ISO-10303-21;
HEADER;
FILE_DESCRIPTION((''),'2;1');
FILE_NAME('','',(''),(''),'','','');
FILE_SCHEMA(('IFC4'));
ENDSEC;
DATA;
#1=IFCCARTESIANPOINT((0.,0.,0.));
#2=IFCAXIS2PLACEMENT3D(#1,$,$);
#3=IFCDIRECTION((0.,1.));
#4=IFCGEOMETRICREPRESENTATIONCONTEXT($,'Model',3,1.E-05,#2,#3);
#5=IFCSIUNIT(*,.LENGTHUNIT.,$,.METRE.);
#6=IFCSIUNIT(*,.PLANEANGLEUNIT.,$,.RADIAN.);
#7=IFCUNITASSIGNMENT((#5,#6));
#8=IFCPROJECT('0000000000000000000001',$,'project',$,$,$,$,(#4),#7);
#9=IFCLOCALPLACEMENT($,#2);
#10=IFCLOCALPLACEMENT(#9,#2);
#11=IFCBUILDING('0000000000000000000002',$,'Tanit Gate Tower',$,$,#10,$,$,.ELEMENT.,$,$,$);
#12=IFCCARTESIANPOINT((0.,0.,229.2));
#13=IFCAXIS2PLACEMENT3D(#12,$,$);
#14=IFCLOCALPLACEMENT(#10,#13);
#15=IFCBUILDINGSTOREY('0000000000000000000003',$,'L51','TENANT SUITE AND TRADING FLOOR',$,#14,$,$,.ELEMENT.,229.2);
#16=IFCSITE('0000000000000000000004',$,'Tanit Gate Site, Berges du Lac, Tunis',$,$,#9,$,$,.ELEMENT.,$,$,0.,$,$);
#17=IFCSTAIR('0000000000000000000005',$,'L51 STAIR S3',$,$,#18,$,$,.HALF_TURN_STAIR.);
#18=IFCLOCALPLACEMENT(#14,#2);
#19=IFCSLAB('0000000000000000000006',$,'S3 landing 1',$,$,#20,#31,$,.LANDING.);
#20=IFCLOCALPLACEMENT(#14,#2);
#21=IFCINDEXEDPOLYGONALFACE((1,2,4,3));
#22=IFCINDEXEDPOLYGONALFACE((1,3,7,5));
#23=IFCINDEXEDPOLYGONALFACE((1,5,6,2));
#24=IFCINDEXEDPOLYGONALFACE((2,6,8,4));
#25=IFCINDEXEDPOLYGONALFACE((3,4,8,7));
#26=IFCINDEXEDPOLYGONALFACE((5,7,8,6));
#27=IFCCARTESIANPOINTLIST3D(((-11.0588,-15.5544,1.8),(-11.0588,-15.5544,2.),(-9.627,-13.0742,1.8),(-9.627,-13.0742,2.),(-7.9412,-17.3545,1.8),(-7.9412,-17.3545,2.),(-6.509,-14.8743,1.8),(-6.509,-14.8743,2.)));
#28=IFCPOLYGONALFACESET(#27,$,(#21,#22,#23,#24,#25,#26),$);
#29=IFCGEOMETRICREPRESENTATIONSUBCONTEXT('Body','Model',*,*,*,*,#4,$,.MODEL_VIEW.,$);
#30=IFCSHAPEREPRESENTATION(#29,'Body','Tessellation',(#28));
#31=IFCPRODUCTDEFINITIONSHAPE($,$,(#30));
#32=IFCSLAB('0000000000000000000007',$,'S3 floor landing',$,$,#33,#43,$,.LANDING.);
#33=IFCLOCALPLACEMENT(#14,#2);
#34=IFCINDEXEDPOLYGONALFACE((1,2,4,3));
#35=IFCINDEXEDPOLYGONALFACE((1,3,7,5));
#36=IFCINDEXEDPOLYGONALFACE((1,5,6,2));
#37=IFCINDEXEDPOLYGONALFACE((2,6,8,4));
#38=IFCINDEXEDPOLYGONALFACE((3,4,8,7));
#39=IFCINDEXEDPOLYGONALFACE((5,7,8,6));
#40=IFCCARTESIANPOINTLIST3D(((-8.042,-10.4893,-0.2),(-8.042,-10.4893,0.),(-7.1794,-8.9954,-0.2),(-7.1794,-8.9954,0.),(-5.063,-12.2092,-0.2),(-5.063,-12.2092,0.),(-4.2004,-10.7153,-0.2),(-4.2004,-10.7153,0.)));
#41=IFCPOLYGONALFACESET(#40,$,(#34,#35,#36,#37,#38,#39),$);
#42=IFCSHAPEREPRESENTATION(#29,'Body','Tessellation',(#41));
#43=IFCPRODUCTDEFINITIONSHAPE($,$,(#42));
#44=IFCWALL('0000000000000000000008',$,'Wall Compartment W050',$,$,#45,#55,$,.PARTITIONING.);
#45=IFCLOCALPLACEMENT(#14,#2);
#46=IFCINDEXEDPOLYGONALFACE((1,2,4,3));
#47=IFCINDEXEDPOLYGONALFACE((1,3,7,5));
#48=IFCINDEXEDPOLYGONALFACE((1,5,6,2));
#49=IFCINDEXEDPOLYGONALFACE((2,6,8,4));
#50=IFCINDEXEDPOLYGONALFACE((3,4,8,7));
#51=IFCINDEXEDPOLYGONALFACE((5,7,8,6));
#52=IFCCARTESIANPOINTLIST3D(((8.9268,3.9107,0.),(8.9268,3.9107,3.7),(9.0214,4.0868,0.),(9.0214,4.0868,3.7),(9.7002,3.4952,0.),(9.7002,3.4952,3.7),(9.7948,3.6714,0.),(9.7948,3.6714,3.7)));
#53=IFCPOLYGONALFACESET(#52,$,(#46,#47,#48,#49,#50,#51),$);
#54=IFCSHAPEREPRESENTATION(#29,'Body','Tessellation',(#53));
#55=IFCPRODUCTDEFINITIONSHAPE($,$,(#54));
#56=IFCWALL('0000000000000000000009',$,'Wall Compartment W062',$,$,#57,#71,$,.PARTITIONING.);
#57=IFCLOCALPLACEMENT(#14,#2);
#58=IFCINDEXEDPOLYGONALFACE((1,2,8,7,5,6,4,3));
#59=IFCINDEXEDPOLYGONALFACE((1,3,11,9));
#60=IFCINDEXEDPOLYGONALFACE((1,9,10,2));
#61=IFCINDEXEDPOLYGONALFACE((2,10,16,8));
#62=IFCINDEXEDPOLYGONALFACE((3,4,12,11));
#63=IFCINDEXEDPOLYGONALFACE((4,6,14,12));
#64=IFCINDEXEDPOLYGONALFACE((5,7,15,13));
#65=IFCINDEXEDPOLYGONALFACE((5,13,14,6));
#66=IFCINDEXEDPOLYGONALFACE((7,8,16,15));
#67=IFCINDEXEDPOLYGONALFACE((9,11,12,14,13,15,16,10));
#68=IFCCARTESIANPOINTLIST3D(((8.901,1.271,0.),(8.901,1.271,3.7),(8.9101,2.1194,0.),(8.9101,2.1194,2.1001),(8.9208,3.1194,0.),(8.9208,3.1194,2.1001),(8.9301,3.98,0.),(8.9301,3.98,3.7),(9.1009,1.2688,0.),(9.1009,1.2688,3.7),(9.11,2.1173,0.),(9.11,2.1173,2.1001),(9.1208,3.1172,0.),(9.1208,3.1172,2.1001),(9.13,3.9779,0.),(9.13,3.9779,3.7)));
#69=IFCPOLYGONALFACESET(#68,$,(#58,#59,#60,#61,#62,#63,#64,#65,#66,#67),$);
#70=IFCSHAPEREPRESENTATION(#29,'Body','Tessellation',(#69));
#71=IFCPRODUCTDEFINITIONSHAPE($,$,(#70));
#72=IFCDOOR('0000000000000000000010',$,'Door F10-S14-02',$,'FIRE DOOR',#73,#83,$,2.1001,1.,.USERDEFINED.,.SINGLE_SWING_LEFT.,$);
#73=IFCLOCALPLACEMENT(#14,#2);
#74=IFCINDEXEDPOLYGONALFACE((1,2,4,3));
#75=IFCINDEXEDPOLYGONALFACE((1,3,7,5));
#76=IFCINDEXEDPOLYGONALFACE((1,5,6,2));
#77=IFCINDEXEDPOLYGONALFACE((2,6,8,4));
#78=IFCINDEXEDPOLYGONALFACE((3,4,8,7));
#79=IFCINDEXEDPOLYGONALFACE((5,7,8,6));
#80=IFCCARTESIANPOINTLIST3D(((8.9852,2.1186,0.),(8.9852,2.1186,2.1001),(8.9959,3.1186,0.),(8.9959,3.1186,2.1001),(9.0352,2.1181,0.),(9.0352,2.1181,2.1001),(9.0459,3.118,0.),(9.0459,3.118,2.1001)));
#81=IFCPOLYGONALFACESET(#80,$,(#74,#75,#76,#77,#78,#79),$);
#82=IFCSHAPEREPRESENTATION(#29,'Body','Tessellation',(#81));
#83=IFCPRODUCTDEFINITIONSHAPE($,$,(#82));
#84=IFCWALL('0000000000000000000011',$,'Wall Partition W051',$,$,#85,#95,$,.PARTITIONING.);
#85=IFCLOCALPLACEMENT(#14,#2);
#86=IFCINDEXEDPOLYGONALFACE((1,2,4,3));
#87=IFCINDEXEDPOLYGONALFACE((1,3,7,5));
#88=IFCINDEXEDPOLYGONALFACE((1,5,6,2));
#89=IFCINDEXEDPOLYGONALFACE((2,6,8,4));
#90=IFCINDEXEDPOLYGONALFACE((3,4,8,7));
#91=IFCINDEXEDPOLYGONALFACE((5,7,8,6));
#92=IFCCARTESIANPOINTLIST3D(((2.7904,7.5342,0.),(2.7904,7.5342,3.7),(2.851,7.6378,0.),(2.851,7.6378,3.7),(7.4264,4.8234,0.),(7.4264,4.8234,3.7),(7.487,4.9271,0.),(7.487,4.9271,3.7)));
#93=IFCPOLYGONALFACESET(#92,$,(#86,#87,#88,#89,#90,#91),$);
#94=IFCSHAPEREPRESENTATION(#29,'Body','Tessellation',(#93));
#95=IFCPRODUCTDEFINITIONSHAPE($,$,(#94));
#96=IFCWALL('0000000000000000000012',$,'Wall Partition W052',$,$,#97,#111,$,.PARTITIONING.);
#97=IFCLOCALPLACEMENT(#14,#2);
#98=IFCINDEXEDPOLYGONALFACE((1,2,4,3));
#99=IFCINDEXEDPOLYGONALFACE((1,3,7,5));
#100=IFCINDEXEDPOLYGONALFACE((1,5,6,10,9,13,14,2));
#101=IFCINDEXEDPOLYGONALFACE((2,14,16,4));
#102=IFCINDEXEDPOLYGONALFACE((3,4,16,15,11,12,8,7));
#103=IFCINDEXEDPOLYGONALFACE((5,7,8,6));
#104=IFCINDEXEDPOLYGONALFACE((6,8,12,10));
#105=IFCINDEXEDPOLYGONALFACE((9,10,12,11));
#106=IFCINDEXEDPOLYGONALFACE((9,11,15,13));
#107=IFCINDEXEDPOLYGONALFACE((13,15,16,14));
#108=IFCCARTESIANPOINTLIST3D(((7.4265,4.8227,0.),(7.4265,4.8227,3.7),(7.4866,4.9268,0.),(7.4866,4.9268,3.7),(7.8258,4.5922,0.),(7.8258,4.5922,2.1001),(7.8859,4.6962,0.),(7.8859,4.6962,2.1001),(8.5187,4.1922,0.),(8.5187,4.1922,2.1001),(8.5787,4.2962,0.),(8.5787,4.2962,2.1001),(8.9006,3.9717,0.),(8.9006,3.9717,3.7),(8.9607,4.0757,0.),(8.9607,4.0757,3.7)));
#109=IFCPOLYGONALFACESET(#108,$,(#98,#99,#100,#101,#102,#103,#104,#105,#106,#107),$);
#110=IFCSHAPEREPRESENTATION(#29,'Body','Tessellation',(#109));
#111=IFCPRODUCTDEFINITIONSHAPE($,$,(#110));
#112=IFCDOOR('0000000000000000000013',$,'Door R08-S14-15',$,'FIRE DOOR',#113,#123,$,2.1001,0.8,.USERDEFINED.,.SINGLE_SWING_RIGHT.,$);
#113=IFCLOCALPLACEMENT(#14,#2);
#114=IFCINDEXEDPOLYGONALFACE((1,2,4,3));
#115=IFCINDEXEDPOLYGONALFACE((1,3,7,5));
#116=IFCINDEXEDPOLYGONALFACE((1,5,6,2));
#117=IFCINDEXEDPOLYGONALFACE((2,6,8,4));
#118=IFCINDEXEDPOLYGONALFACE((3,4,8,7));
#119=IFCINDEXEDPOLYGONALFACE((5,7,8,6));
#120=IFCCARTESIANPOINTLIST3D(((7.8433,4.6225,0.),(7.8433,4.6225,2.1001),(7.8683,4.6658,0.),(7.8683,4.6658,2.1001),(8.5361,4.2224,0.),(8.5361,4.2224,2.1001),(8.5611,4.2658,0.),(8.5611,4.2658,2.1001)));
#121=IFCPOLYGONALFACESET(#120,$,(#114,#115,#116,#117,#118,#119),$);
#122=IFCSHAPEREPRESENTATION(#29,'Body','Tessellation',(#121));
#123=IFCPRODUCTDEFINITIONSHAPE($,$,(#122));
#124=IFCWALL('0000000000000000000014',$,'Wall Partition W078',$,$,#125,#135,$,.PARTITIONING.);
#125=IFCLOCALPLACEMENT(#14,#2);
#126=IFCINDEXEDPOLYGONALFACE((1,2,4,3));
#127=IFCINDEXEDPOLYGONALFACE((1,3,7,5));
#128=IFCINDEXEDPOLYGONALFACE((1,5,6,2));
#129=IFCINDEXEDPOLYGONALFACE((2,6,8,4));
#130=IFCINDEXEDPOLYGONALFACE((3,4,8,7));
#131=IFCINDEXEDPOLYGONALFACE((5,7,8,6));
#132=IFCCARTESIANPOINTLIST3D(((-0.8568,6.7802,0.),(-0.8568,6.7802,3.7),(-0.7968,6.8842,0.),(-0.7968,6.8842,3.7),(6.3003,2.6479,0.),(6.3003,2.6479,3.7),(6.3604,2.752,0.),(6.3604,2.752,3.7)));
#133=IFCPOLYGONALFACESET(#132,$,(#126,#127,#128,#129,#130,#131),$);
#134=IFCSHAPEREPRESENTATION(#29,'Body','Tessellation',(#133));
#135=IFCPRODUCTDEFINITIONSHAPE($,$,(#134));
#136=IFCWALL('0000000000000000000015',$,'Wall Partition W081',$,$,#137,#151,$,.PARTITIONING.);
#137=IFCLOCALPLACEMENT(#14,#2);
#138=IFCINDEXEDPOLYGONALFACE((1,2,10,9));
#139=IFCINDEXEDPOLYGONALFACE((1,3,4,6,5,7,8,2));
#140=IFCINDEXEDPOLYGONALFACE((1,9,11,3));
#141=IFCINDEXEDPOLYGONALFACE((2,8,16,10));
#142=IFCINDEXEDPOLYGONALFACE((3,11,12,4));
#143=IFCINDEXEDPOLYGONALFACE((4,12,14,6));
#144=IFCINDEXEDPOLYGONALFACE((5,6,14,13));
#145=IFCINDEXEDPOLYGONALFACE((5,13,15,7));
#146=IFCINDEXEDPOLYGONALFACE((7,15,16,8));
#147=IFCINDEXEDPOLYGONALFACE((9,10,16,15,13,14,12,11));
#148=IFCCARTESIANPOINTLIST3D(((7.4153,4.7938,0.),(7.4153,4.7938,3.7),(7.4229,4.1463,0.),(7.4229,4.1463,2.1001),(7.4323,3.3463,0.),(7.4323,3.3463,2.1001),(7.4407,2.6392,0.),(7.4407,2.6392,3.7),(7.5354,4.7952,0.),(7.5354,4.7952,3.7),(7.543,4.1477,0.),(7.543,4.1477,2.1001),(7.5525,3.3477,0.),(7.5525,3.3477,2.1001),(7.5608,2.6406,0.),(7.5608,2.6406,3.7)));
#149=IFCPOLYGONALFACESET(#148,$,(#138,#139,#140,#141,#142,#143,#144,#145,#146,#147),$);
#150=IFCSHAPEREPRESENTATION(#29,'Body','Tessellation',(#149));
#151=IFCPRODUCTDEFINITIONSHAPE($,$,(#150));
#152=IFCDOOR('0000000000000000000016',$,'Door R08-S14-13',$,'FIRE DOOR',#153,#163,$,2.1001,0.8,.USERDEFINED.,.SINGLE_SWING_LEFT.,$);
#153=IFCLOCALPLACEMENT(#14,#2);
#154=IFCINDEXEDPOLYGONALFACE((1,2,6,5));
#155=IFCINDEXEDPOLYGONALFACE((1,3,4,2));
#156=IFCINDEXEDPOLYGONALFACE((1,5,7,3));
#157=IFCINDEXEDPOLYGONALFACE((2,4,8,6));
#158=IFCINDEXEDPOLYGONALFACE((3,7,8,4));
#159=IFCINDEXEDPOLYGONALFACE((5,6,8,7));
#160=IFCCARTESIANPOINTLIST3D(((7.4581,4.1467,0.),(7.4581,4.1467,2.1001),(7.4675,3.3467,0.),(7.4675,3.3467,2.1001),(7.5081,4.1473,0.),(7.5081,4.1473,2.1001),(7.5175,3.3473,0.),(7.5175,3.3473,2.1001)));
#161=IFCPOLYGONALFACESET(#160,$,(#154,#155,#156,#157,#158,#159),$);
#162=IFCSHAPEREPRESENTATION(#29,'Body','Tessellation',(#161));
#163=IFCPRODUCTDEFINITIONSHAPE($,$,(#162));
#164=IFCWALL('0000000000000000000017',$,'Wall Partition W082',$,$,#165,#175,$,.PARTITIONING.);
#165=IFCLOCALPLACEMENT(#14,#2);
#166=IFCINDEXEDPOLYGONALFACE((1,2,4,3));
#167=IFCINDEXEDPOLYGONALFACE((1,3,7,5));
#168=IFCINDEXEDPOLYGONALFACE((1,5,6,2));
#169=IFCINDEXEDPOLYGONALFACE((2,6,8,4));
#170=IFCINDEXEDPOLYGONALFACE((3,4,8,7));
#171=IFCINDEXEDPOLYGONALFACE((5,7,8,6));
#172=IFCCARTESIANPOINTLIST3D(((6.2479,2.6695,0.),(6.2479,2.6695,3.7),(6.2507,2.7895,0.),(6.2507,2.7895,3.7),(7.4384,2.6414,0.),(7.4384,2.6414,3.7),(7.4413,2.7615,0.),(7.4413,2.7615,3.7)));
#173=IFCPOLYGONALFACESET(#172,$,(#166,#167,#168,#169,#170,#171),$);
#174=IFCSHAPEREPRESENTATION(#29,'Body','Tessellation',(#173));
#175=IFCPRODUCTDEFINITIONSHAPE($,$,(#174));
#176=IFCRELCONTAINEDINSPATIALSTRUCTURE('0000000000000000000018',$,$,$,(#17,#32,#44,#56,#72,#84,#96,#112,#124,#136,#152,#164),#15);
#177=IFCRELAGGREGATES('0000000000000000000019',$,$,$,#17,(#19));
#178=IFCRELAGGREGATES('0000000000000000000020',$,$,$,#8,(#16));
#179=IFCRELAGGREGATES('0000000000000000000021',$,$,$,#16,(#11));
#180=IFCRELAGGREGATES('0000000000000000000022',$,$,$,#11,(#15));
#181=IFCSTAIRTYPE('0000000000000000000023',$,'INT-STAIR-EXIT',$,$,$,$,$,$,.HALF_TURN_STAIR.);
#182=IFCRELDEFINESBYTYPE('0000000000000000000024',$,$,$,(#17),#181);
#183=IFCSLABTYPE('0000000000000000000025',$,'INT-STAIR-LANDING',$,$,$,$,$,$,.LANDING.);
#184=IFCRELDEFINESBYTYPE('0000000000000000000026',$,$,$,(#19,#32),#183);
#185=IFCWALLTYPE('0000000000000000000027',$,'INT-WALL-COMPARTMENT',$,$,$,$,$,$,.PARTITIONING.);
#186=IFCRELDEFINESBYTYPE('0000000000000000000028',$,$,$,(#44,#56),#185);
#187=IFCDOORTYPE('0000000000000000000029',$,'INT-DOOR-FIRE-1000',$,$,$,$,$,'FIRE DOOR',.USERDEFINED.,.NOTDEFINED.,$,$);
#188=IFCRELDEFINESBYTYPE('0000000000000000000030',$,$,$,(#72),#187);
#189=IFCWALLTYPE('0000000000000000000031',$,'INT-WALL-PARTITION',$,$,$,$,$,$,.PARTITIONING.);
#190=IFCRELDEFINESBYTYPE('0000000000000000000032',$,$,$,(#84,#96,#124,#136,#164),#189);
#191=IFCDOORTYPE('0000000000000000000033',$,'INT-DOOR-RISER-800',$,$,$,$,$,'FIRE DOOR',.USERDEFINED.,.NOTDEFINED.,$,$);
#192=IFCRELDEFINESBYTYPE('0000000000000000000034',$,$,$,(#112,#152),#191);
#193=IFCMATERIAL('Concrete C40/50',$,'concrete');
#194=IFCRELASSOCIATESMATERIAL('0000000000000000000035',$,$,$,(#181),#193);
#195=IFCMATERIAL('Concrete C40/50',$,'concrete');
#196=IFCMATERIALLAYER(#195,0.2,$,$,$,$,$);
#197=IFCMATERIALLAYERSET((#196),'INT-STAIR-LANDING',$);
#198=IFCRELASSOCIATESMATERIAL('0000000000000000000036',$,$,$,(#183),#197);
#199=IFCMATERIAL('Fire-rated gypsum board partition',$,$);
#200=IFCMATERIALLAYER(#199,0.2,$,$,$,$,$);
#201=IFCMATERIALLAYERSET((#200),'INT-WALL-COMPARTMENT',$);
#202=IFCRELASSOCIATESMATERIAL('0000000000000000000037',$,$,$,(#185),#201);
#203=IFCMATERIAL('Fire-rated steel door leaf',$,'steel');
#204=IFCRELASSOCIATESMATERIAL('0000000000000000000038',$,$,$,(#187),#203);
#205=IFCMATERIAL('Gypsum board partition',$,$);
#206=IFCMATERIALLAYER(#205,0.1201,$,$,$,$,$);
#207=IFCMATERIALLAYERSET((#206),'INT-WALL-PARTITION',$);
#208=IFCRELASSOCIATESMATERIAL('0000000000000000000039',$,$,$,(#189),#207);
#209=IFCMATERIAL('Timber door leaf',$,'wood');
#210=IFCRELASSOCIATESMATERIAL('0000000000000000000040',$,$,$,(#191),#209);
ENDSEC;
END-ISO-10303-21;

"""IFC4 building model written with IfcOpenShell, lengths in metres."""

from ifc_helpers import new_model, si_unit, direction, frame, frame_2d, origin, place, context, subcontext, project, spatial, polyline, rectangle, outline, extrude, material, layer, layer_set, type_object, element, fill, aggregate, save


model = new_model("IFC4")

# Units and contexts
model_context = context("Model", 3, precision=1e-05, world=origin(), true_north=direction((0.0, 1.0)))
body_context = subcontext(model_context, "Body", "Model", "MODEL_VIEW")
ifc_project = project(units=[si_unit("LENGTHUNIT", "METRE"), si_unit("PLANEANGLEUNIT", "RADIAN")], contexts=[model_context])

# Site, building, storey
site_placement = place(None, origin())
site = spatial("IfcSite", under=ifc_project, at=site_placement, Name="Tanit Gate Site, Berges du Lac, Tunis", CompositionType="ELEMENT", RefElevation=0.0)
building_placement = place(site_placement, origin())
building = spatial("IfcBuilding", under=site, at=building_placement, Name="Tanit Gate Tower", CompositionType="ELEMENT")
storey_placement = place(building_placement, frame((0.0, 0.0, 229.2)))
storey = spatial("IfcBuildingStorey", under=building, at=storey_placement, Name="L51", Description="TENANT SUITE AND TRADING FLOOR", CompositionType="ELEMENT", Elevation=229.2)

# Stair, slab
ifc_material_1 = material(Name="Concrete C40/50", Category="concrete")
stair_type = type_object("IfcStairType", Name="INT-STAIR-EXIT", PredefinedType="HALF_TURN_STAIR", material=ifc_material_1)
stair_placement = place(storey_placement, origin())
stair = element("IfcStair", 1, at=stair_placement, inside=storey, type_object=stair_type, Name="L51 STAIR S3", PredefinedType="HALF_TURN_STAIR")
ifc_material_2 = material(Name="Concrete C40/50", Category="concrete")
ifc_layer_1 = layer(ifc_material_2, 0.2)
ifc_layer_set_1 = layer_set([ifc_layer_1], Name="INT-STAIR-LANDING")
slab_type = type_object("IfcSlabType", Name="INT-STAIR-LANDING", PredefinedType="LANDING", material=ifc_layer_set_1)
slab_1_placement = place(storey_placement, frame((0.0, 0.0, 1.8)))
slab_1 = element("IfcSlab", 2, at=slab_1_placement, type_object=slab_type, Name="S3 landing 1", PredefinedType="LANDING", context=body_context, shape_type="SweptSolid", body=[
    extrude(outline(polyline([(-9.627, -13.0742), (-11.0588, -15.5544), (-7.9412, -17.3545), (-6.509, -14.8743), (-9.627, -13.0742)])), origin(), (0.0, 0.0, 1.0), 0.2),
])
aggregate(stair, [slab_1])

# Slab
slab_2_placement = place(storey_placement, frame((0.0, 0.0, -0.2)))
element("IfcSlab", 3, at=slab_2_placement, inside=storey, type_object=slab_type, Name="S3 floor landing", PredefinedType="LANDING", context=body_context, shape_type="SweptSolid", body=[
    extrude(outline(polyline([(-7.1794, -8.9954), (-8.042, -10.4893), (-5.063, -12.2092), (-4.2004, -10.7153), (-7.1794, -8.9954)])), origin(), (0.0, 0.0, 1.0), 0.2),
])

# Wall
ifc_material_3 = material(Name="Fire-rated gypsum board partition")
ifc_layer_2 = layer(ifc_material_3, 0.2)
ifc_layer_set_2 = layer_set([ifc_layer_2], Name="INT-WALL-COMPARTMENT")
wall_type_1 = type_object("IfcWallType", Name="INT-WALL-COMPARTMENT", PredefinedType="PARTITIONING", material=ifc_layer_set_2)
wall_1_placement = place(storey_placement, frame((8.9741, 3.9988, 0.0), z_axis=(0.0, 0.0, 1.0), x_axis=(0.880917, -0.473271, 0.0)))
element("IfcWall", 4, at=wall_1_placement, inside=storey, type_object=wall_type_1, Name="Wall Compartment W050", PredefinedType="PARTITIONING", context=body_context, shape_type="SweptSolid", body=[
    extrude(rectangle(XDim=0.8779, YDim=0.2, at=frame_2d((0.439, 0.0))), origin(), (0.0, 0.0, 1.0), 3.7),
])

# Wall, opening, door
wall_2_placement = place(storey_placement, frame((9.001, 1.27, 0.0), z_axis=(0.0, 0.0, 1.0), x_axis=(0.010724, 0.999942, 0.0)))
wall_2 = element("IfcWall", 5, at=wall_2_placement, inside=storey, type_object=wall_type_1, Name="Wall Compartment W062", PredefinedType="PARTITIONING", context=body_context, shape_type="SweptSolid", body=[
    extrude(rectangle(XDim=2.7092, YDim=0.2, at=frame_2d((1.3545, 0.0))), origin(), (0.0, 0.0, 1.0), 3.7),
])
opening_1_placement = place(wall_2_placement, frame((0.8484, 0.0, 0.0)))
opening_1 = element("IfcOpeningElement", 6, at=opening_1_placement, cuts=wall_2, PredefinedType="OPENING", context=body_context, shape_type="SweptSolid", body=[
    extrude(rectangle(XDim=1.0, YDim=2.1001, at=frame_2d((0.5, 1.05))), frame((0.0, 0.1099, 0.0), z_axis=(0.0, -1.0, 0.0), x_axis=(1.0, 0.0, 0.0)), (0.0, 0.0, 1.0), 0.22),
])
ifc_material_4 = material(Name="Fire-rated steel door leaf", Category="steel")
door_type_1 = type_object("IfcDoorType", Name="INT-DOOR-FIRE-1000", ElementType="FIRE DOOR", OperationType="NOTDEFINED", PredefinedType="USERDEFINED", material=ifc_material_4)
door_1_placement = place(opening_1_placement, origin())
door_1 = element("IfcDoor", 7, at=door_1_placement, inside=storey, type_object=door_type_1, Name="Door F10-S14-02", ObjectType="FIRE DOOR", OperationType="SINGLE_SWING_LEFT", OverallHeight=2.1001, OverallWidth=1.0, PredefinedType="USERDEFINED", context=body_context, shape_type="SweptSolid", body=[
    extrude(rectangle(XDim=1.0, YDim=2.1001, at=frame_2d((0.5, 1.05))), frame((0.0, 0.0249, 0.0), z_axis=(0.0, -1.0, 0.0), x_axis=(1.0, 0.0, 0.0)), (0.0, 0.0, 1.0), 0.05),
])
fill(opening_1, door_1)

# Wall
ifc_material_5 = material(Name="Gypsum board partition")
ifc_layer_3 = layer(ifc_material_5, 0.1201)
ifc_layer_set_3 = layer_set([ifc_layer_3], Name="INT-WALL-PARTITION")
wall_type_2 = type_object("IfcWallType", Name="INT-WALL-PARTITION", PredefinedType="PARTITIONING", material=ifc_layer_set_3)
wall_3_placement = place(storey_placement, frame((2.8208, 7.5859, 0.0), z_axis=(0.0, 0.0, 1.0), x_axis=(0.863262, -0.504755, 0.0)))
element("IfcWall", 8, at=wall_3_placement, inside=storey, type_object=wall_type_2, Name="Wall Partition W051", PredefinedType="PARTITIONING", context=body_context, shape_type="SweptSolid", body=[
    extrude(rectangle(XDim=5.3704, YDim=0.1201, at=frame_2d((2.6851, 0.0))), origin(), (0.0, 0.0, 1.0), 3.7),
])

# Wall, opening, door
wall_4_placement = place(storey_placement, frame((7.4565, 4.8748, 0.0), z_axis=(0.0, 0.0, 1.0), x_axis=(0.866028, -0.499996, 0.0)))
wall_4 = element("IfcWall", 9, at=wall_4_placement, inside=storey, type_object=wall_type_2, Name="Wall Partition W052", PredefinedType="PARTITIONING", context=body_context, shape_type="SweptSolid", body=[
    extrude(rectangle(XDim=1.7021, YDim=0.1201, at=frame_2d((0.8511, 0.0))), origin(), (0.0, 0.0, 1.0), 3.7),
])
opening_2_placement = place(wall_4_placement, frame((0.4612, 0.0, 0.0)))
opening_2 = element("IfcOpeningElement", 10, at=opening_2_placement, cuts=wall_4, PredefinedType="OPENING", context=body_context, shape_type="SweptSolid", body=[
    extrude(rectangle(XDim=0.8, YDim=2.1001, at=frame_2d((0.3999, 1.05))), frame((0.0, 0.0701, 0.0), z_axis=(0.0, -1.0, 0.0), x_axis=(1.0, 0.0, 0.0)), (0.0, 0.0, 1.0), 0.1401),
])
ifc_material_6 = material(Name="Timber door leaf", Category="wood")
door_type_2 = type_object("IfcDoorType", Name="INT-DOOR-RISER-800", ElementType="FIRE DOOR", OperationType="NOTDEFINED", PredefinedType="USERDEFINED", material=ifc_material_6)
door_2_placement = place(opening_2_placement, origin())
door_2 = element("IfcDoor", 11, at=door_2_placement, inside=storey, type_object=door_type_2, Name="Door R08-S14-15", ObjectType="FIRE DOOR", OperationType="SINGLE_SWING_RIGHT", OverallHeight=2.1001, OverallWidth=0.8, PredefinedType="USERDEFINED", context=body_context, shape_type="SweptSolid", body=[
    extrude(rectangle(XDim=0.8, YDim=2.1001, at=frame_2d((0.3999, 1.05))), frame((0.0, 0.0249, 0.0), z_axis=(0.0, -1.0, 0.0), x_axis=(1.0, 0.0, 0.0)), (0.0, 0.0, 1.0), 0.05),
])
fill(opening_2, door_2)

# Wall
wall_5_placement = place(storey_placement, frame((-0.8269, 6.8323, 0.0), z_axis=(0.0, 0.0, 1.0), x_axis=(0.86602, -0.500009, 0.0)))
element("IfcWall", 12, at=wall_5_placement, inside=storey, type_object=wall_type_2, Name="Wall Partition W078", PredefinedType="PARTITIONING", context=body_context, shape_type="SweptSolid", body=[
    extrude(rectangle(XDim=8.2644, YDim=0.1201, at=frame_2d((4.1323, 0.0))), origin(), (0.0, 0.0, 1.0), 3.7),
])

# Wall, opening, door
wall_6_placement = place(storey_placement, frame((7.5007, 2.6399, 0.0), z_axis=(0.0, 0.0, 1.0), x_axis=(-0.011784, 0.999931, 0.0)))
wall_6 = element("IfcWall", 13, at=wall_6_placement, inside=storey, type_object=wall_type_2, Name="Wall Partition W081", PredefinedType="PARTITIONING", context=body_context, shape_type="SweptSolid", body=[
    extrude(rectangle(XDim=2.1548, YDim=0.1201, at=frame_2d((1.0774, 0.0))), origin(), (0.0, 0.0, 1.0), 3.7),
])
opening_3_placement = place(wall_6_placement, frame((0.7073, 0.0, 0.0)))
opening_3 = element("IfcOpeningElement", 14, at=opening_3_placement, cuts=wall_6, PredefinedType="OPENING", context=body_context, shape_type="SweptSolid", body=[
    extrude(rectangle(XDim=0.8, YDim=2.1001, at=frame_2d((0.3999, 1.05))), frame((0.0, 0.0701, 0.0), z_axis=(0.0, -1.0, 0.0), x_axis=(1.0, 0.0, 0.0)), (0.0, 0.0, 1.0), 0.1401),
])
door_3_placement = place(opening_3_placement, origin())
door_3 = element("IfcDoor", 15, at=door_3_placement, inside=storey, type_object=door_type_2, Name="Door R08-S14-13", ObjectType="FIRE DOOR", OperationType="SINGLE_SWING_LEFT", OverallHeight=2.1001, OverallWidth=0.8, PredefinedType="USERDEFINED", context=body_context, shape_type="SweptSolid", body=[
    extrude(rectangle(XDim=0.8, YDim=2.1001, at=frame_2d((0.3999, 1.05))), frame((0.0, 0.0249, 0.0), z_axis=(0.0, -1.0, 0.0), x_axis=(1.0, 0.0, 0.0)), (0.0, 0.0, 1.0), 0.05),
])
fill(opening_3, door_3)

# Wall
wall_7_placement = place(storey_placement, frame((6.2493, 2.7295, 0.0), z_axis=(0.0, 0.0, 1.0), x_axis=(0.999722, -0.023574, 0.0)))
element("IfcWall", 16, at=wall_7_placement, inside=storey, type_object=wall_type_2, Name="Wall Partition W082", PredefinedType="PARTITIONING", context=body_context, shape_type="SweptSolid", body=[
    extrude(rectangle(XDim=1.1909, YDim=0.1201, at=frame_2d((0.5955, 0.0))), origin(), (0.0, 0.0, 1.0), 3.7),
])

save(model, "model.ifc")
